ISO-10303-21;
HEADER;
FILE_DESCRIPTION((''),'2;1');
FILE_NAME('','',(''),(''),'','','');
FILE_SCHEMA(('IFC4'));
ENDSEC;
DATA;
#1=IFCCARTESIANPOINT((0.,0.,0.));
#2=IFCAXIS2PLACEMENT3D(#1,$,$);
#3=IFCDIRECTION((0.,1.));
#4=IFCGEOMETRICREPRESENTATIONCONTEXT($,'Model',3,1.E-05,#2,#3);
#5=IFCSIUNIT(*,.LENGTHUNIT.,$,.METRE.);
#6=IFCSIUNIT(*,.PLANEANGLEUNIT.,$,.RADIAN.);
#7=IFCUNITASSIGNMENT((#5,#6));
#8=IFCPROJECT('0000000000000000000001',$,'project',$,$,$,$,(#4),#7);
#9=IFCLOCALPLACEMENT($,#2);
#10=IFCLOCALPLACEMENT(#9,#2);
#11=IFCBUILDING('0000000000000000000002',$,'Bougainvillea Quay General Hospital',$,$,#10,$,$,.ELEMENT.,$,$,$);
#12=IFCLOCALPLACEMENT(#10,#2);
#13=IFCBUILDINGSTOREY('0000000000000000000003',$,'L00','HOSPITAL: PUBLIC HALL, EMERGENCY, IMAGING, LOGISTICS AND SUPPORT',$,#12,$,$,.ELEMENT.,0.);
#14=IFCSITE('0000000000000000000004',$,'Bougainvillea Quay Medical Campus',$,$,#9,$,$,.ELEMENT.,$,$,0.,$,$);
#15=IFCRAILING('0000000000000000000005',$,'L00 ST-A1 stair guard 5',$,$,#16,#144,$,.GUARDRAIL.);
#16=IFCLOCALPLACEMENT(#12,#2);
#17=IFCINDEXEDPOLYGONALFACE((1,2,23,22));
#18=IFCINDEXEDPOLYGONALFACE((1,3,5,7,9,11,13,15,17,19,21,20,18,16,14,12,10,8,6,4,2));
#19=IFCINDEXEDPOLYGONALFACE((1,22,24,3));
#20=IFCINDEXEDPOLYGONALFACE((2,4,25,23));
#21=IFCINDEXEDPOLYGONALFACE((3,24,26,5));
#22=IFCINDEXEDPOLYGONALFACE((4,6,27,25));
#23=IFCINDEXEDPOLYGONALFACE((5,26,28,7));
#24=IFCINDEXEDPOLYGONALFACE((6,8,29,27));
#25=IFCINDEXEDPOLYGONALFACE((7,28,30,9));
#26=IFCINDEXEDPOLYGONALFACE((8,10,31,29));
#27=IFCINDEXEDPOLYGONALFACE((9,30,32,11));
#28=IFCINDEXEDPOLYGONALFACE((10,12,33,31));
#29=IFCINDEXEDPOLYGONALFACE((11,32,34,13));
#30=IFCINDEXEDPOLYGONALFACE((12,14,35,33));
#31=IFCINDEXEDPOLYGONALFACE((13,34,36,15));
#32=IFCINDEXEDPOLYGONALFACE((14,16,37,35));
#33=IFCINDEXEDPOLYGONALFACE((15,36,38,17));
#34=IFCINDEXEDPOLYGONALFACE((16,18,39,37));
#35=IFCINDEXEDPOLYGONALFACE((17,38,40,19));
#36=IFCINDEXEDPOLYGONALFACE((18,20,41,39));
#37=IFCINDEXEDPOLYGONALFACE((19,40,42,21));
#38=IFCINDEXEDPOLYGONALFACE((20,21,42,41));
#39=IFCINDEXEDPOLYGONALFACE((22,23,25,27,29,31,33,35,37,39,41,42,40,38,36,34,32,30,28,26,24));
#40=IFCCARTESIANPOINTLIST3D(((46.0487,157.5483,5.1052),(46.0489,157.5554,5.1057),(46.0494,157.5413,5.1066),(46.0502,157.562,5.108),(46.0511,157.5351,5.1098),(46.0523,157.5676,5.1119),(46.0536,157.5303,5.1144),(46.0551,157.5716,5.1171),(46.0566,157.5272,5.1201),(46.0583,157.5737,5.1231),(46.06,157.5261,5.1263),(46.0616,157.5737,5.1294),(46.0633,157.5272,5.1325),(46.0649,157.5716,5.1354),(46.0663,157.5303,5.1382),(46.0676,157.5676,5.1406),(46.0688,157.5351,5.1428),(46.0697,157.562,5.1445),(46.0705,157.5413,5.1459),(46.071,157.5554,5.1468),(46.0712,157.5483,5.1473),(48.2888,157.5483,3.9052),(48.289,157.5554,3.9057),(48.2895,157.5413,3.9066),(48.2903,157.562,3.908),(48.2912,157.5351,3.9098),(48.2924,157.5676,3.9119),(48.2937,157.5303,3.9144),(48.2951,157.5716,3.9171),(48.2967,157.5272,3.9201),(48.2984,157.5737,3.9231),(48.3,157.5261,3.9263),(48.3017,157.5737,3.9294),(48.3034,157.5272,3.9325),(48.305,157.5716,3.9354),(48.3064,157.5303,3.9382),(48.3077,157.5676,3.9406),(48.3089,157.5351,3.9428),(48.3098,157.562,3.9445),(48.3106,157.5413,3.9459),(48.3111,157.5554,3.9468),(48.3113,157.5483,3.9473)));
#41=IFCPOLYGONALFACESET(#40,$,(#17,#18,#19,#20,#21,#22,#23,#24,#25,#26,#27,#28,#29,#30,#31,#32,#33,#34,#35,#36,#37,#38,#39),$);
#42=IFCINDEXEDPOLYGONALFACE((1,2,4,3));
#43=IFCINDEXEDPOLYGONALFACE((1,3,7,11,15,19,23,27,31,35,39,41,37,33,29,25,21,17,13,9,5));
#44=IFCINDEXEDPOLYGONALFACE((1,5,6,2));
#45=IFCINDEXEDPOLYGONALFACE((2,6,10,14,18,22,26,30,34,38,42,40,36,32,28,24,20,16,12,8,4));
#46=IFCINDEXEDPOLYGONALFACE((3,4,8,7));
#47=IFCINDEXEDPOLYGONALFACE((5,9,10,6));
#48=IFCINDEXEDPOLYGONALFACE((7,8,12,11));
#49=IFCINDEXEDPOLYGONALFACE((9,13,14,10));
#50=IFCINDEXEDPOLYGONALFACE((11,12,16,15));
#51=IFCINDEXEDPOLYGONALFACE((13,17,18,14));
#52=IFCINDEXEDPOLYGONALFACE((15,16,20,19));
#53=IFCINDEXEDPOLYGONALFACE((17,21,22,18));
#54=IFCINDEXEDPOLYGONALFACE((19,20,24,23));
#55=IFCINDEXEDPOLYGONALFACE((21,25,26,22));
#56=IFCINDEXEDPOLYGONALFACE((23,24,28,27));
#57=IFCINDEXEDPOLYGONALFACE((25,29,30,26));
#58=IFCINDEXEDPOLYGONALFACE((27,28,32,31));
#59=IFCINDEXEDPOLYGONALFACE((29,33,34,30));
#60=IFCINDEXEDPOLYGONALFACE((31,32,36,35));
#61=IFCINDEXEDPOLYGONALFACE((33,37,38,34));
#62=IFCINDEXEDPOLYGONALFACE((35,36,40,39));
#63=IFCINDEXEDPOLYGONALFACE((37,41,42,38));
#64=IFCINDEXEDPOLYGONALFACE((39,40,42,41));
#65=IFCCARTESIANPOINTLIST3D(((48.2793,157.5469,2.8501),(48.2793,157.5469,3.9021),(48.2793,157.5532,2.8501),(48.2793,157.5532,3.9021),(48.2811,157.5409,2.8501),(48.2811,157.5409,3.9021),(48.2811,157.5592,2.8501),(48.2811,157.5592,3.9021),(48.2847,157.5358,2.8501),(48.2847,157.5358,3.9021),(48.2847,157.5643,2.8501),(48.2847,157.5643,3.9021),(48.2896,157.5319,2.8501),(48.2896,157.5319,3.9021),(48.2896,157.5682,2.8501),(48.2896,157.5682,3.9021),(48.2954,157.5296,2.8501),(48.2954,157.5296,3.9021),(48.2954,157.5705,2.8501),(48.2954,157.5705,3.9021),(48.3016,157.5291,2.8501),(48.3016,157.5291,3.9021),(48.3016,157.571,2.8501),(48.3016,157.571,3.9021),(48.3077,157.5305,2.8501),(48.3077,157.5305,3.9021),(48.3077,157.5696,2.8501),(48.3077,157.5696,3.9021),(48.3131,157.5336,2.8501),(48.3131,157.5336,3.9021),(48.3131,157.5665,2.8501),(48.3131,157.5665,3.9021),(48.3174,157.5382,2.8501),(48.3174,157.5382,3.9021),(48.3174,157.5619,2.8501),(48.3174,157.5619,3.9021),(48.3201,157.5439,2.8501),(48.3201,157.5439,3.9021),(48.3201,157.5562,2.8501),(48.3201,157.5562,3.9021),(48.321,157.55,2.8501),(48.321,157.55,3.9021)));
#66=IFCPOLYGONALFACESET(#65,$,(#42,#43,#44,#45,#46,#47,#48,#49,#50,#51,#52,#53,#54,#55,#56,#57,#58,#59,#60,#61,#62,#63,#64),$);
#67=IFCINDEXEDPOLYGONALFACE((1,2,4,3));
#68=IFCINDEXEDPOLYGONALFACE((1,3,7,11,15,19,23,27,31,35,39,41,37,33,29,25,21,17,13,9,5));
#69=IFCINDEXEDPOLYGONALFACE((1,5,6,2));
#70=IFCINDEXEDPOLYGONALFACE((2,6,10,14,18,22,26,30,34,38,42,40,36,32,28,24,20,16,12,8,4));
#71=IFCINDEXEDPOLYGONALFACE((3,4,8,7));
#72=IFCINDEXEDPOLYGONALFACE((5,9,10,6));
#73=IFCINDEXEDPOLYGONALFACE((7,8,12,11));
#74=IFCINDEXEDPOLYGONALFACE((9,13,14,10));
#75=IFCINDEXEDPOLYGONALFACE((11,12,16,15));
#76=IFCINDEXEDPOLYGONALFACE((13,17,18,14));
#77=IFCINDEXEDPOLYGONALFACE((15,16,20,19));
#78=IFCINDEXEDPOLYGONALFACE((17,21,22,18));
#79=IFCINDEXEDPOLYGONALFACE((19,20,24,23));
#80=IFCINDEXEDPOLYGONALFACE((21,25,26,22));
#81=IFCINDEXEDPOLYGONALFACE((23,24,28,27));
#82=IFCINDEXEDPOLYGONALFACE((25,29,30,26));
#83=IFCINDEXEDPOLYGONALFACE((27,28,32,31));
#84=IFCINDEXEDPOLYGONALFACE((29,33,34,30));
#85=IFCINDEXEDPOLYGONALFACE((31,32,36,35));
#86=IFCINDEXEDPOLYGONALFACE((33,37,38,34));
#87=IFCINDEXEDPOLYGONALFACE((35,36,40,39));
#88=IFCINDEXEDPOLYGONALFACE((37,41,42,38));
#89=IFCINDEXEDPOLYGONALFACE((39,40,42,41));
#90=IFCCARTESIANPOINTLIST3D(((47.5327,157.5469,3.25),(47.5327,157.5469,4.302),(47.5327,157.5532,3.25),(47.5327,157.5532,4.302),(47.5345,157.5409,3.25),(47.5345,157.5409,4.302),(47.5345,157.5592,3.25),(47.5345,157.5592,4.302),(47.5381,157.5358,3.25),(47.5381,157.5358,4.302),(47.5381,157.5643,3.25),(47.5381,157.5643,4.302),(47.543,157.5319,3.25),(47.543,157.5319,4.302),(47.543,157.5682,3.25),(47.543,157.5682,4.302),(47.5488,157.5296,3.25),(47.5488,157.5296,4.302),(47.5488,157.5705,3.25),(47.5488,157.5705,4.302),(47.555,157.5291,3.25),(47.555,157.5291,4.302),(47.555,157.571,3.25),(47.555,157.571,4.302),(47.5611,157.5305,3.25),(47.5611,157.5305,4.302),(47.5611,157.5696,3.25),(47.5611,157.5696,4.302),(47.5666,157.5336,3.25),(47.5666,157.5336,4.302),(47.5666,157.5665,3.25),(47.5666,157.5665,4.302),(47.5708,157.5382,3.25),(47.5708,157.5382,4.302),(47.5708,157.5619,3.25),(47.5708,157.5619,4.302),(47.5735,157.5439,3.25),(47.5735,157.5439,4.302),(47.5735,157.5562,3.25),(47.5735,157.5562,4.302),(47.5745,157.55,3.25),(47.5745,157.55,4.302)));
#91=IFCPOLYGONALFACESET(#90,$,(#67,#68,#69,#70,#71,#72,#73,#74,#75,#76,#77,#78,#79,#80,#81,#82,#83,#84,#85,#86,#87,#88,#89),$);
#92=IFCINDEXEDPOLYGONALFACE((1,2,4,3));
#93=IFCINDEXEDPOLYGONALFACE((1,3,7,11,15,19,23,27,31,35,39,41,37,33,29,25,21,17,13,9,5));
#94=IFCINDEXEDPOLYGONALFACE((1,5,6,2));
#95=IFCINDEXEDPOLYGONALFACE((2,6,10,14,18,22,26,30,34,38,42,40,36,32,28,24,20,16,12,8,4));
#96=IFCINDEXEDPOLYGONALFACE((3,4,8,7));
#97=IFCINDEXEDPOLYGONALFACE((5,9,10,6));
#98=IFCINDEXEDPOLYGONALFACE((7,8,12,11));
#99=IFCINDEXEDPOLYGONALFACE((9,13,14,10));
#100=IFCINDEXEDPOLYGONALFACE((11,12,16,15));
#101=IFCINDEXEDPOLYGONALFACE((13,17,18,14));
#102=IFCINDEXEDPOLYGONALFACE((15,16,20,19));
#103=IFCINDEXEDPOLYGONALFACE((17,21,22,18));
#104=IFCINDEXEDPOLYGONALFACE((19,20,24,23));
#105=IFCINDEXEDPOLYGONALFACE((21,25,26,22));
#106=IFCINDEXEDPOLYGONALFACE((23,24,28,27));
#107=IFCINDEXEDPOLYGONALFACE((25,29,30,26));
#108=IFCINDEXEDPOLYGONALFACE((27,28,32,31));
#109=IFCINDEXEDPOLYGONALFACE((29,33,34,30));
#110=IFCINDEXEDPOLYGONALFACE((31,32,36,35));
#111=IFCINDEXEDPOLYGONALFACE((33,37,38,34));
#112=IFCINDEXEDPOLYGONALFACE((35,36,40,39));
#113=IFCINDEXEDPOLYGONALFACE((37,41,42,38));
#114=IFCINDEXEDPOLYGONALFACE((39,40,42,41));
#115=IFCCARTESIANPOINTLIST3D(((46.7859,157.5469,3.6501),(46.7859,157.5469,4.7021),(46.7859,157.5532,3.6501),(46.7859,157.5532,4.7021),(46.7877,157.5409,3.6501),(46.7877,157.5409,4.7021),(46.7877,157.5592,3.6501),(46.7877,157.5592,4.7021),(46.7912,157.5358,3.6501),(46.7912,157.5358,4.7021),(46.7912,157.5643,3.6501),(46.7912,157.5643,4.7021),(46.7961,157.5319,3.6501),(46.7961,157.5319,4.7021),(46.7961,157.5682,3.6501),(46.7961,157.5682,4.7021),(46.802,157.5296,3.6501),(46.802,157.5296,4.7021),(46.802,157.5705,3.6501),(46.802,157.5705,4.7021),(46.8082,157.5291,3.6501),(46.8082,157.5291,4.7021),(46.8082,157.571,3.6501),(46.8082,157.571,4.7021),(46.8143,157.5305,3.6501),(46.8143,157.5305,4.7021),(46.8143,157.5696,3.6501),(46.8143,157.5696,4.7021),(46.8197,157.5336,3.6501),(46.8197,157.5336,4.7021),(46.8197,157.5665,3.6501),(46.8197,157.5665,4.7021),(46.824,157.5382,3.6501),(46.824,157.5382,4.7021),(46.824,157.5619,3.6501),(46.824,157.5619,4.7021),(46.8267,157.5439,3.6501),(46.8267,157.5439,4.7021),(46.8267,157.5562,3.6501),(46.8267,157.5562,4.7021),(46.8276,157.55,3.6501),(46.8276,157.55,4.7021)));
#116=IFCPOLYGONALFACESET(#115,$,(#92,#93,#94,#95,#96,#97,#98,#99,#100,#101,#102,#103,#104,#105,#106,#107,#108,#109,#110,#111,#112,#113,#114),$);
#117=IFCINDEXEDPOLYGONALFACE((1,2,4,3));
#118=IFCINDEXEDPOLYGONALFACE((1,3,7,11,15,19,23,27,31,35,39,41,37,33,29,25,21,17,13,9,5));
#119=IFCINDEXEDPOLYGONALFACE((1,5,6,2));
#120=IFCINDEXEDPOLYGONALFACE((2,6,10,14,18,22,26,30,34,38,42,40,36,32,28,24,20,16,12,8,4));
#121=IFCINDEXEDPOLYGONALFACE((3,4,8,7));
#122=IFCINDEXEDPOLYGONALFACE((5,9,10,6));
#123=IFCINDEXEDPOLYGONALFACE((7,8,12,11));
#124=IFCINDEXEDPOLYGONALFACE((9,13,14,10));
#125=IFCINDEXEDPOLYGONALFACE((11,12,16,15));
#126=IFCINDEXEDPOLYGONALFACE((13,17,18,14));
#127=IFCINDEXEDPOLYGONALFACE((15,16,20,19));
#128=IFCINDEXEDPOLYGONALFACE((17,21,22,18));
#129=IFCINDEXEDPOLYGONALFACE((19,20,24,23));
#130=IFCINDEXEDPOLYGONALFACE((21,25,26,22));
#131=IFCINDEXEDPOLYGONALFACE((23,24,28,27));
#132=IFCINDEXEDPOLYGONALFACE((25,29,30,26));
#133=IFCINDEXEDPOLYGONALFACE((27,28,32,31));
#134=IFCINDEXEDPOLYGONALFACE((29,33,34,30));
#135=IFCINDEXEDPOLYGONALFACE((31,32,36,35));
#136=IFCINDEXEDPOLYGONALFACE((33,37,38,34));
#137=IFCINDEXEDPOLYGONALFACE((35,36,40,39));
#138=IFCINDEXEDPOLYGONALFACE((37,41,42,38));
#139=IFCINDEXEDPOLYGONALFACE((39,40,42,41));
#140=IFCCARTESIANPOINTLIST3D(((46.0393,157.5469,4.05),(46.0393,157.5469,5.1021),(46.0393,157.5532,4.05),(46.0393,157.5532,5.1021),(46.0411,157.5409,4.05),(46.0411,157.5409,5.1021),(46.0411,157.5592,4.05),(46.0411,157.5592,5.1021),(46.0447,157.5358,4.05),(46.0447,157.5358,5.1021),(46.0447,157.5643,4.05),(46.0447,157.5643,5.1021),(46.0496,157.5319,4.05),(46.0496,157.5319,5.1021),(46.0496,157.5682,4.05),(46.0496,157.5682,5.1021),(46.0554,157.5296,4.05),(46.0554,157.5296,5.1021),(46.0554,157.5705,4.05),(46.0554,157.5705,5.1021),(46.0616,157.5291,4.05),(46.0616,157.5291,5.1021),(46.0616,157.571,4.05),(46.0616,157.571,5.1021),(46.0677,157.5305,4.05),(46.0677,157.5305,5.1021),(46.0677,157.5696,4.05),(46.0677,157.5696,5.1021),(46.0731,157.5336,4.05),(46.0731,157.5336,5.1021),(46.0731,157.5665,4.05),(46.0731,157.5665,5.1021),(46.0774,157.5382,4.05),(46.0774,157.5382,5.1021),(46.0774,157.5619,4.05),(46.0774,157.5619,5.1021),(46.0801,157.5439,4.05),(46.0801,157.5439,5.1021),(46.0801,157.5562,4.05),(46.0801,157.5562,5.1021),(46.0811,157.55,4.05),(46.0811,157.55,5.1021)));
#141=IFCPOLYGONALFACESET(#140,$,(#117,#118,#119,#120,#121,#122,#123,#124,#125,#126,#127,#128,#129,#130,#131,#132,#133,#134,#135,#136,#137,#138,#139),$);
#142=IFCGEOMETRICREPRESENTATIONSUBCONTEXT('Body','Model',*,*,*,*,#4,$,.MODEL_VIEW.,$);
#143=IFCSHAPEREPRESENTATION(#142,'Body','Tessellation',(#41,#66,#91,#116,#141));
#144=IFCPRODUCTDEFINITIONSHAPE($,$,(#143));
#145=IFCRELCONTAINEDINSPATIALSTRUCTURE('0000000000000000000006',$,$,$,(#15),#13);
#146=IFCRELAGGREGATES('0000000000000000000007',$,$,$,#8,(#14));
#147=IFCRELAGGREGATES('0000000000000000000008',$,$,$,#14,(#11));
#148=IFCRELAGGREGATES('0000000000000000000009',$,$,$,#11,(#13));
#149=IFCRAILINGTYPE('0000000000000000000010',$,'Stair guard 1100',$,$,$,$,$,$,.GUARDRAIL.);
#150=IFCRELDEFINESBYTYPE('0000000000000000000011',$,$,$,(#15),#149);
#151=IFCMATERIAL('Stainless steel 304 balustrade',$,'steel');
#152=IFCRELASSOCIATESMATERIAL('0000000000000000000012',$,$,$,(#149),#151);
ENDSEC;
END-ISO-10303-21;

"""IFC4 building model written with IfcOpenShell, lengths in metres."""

from ifc_helpers import new_model, si_unit, direction, frame, origin, origin_2d, place, context, subcontext, project, spatial, circle, extrude, material, type_object, element, save


model = new_model("IFC4")

# Units and contexts
model_context = context("Model", 3, precision=1e-05, world=origin(), true_north=direction((0.0, 1.0)))
body_context = subcontext(model_context, "Body", "Model", "MODEL_VIEW")
ifc_project = project(units=[si_unit("LENGTHUNIT", "METRE"), si_unit("PLANEANGLEUNIT", "RADIAN")], contexts=[model_context])

# Site, building, storey
site_placement = place(None, origin())
site = spatial("IfcSite", under=ifc_project, at=site_placement, Name="Bougainvillea Quay Medical Campus", CompositionType="ELEMENT", RefElevation=0.0)
building_placement = place(site_placement, origin())
building = spatial("IfcBuilding", under=site, at=building_placement, Name="Bougainvillea Quay General Hospital", CompositionType="ELEMENT")
storey_placement = place(building_placement, origin())
storey = spatial("IfcBuildingStorey", under=building, at=storey_placement, Name="L00", Description="HOSPITAL: PUBLIC HALL, EMERGENCY, IMAGING, LOGISTICS AND SUPPORT", CompositionType="ELEMENT", Elevation=0.0)

# Railing
ifc_material_1 = material(Name="Stainless steel 304 balustrade", Category="steel")
railing_type_1 = type_object("IfcRailingType", Name="Stair guard 1100", PredefinedType="GUARDRAIL", material=ifc_material_1)
railing_1_placement = place(storey_placement, frame((48.3, 157.55, 2.8501)))
element("IfcRailing", 1, at=railing_1_placement, inside=storey, type_object=railing_type_1, Name="L00 ST-A1 stair guard 5", PredefinedType="GUARDRAIL", context=body_context, shape_type="SweptSolid", body=[
    extrude(circle(Radius=0.0239, at=origin_2d()), frame((0.0, 0.0, 1.0762), z_axis=(-0.881487, 0.0, 0.472208), x_axis=(0.0, -1.0, 0.0)), (0.0, 0.0, 1.0), 2.5413),
    extrude(circle(Radius=0.021, at=origin_2d()), origin(), (0.0, 0.0, 1.0), 1.052),
    extrude(circle(Radius=0.021, at=origin_2d()), frame((-0.7466, 0.0, 0.3999)), (0.0, 0.0, 1.0), 1.052),
    extrude(circle(Radius=0.021, at=origin_2d()), frame((-1.4934, 0.0, 0.8)), (0.0, 0.0, 1.0), 1.052),
    extrude(circle(Radius=0.021, at=origin_2d()), frame((-2.24, 0.0, 1.2)), (0.0, 0.0, 1.0), 1.052),
])

save(model, "model.ifc")
